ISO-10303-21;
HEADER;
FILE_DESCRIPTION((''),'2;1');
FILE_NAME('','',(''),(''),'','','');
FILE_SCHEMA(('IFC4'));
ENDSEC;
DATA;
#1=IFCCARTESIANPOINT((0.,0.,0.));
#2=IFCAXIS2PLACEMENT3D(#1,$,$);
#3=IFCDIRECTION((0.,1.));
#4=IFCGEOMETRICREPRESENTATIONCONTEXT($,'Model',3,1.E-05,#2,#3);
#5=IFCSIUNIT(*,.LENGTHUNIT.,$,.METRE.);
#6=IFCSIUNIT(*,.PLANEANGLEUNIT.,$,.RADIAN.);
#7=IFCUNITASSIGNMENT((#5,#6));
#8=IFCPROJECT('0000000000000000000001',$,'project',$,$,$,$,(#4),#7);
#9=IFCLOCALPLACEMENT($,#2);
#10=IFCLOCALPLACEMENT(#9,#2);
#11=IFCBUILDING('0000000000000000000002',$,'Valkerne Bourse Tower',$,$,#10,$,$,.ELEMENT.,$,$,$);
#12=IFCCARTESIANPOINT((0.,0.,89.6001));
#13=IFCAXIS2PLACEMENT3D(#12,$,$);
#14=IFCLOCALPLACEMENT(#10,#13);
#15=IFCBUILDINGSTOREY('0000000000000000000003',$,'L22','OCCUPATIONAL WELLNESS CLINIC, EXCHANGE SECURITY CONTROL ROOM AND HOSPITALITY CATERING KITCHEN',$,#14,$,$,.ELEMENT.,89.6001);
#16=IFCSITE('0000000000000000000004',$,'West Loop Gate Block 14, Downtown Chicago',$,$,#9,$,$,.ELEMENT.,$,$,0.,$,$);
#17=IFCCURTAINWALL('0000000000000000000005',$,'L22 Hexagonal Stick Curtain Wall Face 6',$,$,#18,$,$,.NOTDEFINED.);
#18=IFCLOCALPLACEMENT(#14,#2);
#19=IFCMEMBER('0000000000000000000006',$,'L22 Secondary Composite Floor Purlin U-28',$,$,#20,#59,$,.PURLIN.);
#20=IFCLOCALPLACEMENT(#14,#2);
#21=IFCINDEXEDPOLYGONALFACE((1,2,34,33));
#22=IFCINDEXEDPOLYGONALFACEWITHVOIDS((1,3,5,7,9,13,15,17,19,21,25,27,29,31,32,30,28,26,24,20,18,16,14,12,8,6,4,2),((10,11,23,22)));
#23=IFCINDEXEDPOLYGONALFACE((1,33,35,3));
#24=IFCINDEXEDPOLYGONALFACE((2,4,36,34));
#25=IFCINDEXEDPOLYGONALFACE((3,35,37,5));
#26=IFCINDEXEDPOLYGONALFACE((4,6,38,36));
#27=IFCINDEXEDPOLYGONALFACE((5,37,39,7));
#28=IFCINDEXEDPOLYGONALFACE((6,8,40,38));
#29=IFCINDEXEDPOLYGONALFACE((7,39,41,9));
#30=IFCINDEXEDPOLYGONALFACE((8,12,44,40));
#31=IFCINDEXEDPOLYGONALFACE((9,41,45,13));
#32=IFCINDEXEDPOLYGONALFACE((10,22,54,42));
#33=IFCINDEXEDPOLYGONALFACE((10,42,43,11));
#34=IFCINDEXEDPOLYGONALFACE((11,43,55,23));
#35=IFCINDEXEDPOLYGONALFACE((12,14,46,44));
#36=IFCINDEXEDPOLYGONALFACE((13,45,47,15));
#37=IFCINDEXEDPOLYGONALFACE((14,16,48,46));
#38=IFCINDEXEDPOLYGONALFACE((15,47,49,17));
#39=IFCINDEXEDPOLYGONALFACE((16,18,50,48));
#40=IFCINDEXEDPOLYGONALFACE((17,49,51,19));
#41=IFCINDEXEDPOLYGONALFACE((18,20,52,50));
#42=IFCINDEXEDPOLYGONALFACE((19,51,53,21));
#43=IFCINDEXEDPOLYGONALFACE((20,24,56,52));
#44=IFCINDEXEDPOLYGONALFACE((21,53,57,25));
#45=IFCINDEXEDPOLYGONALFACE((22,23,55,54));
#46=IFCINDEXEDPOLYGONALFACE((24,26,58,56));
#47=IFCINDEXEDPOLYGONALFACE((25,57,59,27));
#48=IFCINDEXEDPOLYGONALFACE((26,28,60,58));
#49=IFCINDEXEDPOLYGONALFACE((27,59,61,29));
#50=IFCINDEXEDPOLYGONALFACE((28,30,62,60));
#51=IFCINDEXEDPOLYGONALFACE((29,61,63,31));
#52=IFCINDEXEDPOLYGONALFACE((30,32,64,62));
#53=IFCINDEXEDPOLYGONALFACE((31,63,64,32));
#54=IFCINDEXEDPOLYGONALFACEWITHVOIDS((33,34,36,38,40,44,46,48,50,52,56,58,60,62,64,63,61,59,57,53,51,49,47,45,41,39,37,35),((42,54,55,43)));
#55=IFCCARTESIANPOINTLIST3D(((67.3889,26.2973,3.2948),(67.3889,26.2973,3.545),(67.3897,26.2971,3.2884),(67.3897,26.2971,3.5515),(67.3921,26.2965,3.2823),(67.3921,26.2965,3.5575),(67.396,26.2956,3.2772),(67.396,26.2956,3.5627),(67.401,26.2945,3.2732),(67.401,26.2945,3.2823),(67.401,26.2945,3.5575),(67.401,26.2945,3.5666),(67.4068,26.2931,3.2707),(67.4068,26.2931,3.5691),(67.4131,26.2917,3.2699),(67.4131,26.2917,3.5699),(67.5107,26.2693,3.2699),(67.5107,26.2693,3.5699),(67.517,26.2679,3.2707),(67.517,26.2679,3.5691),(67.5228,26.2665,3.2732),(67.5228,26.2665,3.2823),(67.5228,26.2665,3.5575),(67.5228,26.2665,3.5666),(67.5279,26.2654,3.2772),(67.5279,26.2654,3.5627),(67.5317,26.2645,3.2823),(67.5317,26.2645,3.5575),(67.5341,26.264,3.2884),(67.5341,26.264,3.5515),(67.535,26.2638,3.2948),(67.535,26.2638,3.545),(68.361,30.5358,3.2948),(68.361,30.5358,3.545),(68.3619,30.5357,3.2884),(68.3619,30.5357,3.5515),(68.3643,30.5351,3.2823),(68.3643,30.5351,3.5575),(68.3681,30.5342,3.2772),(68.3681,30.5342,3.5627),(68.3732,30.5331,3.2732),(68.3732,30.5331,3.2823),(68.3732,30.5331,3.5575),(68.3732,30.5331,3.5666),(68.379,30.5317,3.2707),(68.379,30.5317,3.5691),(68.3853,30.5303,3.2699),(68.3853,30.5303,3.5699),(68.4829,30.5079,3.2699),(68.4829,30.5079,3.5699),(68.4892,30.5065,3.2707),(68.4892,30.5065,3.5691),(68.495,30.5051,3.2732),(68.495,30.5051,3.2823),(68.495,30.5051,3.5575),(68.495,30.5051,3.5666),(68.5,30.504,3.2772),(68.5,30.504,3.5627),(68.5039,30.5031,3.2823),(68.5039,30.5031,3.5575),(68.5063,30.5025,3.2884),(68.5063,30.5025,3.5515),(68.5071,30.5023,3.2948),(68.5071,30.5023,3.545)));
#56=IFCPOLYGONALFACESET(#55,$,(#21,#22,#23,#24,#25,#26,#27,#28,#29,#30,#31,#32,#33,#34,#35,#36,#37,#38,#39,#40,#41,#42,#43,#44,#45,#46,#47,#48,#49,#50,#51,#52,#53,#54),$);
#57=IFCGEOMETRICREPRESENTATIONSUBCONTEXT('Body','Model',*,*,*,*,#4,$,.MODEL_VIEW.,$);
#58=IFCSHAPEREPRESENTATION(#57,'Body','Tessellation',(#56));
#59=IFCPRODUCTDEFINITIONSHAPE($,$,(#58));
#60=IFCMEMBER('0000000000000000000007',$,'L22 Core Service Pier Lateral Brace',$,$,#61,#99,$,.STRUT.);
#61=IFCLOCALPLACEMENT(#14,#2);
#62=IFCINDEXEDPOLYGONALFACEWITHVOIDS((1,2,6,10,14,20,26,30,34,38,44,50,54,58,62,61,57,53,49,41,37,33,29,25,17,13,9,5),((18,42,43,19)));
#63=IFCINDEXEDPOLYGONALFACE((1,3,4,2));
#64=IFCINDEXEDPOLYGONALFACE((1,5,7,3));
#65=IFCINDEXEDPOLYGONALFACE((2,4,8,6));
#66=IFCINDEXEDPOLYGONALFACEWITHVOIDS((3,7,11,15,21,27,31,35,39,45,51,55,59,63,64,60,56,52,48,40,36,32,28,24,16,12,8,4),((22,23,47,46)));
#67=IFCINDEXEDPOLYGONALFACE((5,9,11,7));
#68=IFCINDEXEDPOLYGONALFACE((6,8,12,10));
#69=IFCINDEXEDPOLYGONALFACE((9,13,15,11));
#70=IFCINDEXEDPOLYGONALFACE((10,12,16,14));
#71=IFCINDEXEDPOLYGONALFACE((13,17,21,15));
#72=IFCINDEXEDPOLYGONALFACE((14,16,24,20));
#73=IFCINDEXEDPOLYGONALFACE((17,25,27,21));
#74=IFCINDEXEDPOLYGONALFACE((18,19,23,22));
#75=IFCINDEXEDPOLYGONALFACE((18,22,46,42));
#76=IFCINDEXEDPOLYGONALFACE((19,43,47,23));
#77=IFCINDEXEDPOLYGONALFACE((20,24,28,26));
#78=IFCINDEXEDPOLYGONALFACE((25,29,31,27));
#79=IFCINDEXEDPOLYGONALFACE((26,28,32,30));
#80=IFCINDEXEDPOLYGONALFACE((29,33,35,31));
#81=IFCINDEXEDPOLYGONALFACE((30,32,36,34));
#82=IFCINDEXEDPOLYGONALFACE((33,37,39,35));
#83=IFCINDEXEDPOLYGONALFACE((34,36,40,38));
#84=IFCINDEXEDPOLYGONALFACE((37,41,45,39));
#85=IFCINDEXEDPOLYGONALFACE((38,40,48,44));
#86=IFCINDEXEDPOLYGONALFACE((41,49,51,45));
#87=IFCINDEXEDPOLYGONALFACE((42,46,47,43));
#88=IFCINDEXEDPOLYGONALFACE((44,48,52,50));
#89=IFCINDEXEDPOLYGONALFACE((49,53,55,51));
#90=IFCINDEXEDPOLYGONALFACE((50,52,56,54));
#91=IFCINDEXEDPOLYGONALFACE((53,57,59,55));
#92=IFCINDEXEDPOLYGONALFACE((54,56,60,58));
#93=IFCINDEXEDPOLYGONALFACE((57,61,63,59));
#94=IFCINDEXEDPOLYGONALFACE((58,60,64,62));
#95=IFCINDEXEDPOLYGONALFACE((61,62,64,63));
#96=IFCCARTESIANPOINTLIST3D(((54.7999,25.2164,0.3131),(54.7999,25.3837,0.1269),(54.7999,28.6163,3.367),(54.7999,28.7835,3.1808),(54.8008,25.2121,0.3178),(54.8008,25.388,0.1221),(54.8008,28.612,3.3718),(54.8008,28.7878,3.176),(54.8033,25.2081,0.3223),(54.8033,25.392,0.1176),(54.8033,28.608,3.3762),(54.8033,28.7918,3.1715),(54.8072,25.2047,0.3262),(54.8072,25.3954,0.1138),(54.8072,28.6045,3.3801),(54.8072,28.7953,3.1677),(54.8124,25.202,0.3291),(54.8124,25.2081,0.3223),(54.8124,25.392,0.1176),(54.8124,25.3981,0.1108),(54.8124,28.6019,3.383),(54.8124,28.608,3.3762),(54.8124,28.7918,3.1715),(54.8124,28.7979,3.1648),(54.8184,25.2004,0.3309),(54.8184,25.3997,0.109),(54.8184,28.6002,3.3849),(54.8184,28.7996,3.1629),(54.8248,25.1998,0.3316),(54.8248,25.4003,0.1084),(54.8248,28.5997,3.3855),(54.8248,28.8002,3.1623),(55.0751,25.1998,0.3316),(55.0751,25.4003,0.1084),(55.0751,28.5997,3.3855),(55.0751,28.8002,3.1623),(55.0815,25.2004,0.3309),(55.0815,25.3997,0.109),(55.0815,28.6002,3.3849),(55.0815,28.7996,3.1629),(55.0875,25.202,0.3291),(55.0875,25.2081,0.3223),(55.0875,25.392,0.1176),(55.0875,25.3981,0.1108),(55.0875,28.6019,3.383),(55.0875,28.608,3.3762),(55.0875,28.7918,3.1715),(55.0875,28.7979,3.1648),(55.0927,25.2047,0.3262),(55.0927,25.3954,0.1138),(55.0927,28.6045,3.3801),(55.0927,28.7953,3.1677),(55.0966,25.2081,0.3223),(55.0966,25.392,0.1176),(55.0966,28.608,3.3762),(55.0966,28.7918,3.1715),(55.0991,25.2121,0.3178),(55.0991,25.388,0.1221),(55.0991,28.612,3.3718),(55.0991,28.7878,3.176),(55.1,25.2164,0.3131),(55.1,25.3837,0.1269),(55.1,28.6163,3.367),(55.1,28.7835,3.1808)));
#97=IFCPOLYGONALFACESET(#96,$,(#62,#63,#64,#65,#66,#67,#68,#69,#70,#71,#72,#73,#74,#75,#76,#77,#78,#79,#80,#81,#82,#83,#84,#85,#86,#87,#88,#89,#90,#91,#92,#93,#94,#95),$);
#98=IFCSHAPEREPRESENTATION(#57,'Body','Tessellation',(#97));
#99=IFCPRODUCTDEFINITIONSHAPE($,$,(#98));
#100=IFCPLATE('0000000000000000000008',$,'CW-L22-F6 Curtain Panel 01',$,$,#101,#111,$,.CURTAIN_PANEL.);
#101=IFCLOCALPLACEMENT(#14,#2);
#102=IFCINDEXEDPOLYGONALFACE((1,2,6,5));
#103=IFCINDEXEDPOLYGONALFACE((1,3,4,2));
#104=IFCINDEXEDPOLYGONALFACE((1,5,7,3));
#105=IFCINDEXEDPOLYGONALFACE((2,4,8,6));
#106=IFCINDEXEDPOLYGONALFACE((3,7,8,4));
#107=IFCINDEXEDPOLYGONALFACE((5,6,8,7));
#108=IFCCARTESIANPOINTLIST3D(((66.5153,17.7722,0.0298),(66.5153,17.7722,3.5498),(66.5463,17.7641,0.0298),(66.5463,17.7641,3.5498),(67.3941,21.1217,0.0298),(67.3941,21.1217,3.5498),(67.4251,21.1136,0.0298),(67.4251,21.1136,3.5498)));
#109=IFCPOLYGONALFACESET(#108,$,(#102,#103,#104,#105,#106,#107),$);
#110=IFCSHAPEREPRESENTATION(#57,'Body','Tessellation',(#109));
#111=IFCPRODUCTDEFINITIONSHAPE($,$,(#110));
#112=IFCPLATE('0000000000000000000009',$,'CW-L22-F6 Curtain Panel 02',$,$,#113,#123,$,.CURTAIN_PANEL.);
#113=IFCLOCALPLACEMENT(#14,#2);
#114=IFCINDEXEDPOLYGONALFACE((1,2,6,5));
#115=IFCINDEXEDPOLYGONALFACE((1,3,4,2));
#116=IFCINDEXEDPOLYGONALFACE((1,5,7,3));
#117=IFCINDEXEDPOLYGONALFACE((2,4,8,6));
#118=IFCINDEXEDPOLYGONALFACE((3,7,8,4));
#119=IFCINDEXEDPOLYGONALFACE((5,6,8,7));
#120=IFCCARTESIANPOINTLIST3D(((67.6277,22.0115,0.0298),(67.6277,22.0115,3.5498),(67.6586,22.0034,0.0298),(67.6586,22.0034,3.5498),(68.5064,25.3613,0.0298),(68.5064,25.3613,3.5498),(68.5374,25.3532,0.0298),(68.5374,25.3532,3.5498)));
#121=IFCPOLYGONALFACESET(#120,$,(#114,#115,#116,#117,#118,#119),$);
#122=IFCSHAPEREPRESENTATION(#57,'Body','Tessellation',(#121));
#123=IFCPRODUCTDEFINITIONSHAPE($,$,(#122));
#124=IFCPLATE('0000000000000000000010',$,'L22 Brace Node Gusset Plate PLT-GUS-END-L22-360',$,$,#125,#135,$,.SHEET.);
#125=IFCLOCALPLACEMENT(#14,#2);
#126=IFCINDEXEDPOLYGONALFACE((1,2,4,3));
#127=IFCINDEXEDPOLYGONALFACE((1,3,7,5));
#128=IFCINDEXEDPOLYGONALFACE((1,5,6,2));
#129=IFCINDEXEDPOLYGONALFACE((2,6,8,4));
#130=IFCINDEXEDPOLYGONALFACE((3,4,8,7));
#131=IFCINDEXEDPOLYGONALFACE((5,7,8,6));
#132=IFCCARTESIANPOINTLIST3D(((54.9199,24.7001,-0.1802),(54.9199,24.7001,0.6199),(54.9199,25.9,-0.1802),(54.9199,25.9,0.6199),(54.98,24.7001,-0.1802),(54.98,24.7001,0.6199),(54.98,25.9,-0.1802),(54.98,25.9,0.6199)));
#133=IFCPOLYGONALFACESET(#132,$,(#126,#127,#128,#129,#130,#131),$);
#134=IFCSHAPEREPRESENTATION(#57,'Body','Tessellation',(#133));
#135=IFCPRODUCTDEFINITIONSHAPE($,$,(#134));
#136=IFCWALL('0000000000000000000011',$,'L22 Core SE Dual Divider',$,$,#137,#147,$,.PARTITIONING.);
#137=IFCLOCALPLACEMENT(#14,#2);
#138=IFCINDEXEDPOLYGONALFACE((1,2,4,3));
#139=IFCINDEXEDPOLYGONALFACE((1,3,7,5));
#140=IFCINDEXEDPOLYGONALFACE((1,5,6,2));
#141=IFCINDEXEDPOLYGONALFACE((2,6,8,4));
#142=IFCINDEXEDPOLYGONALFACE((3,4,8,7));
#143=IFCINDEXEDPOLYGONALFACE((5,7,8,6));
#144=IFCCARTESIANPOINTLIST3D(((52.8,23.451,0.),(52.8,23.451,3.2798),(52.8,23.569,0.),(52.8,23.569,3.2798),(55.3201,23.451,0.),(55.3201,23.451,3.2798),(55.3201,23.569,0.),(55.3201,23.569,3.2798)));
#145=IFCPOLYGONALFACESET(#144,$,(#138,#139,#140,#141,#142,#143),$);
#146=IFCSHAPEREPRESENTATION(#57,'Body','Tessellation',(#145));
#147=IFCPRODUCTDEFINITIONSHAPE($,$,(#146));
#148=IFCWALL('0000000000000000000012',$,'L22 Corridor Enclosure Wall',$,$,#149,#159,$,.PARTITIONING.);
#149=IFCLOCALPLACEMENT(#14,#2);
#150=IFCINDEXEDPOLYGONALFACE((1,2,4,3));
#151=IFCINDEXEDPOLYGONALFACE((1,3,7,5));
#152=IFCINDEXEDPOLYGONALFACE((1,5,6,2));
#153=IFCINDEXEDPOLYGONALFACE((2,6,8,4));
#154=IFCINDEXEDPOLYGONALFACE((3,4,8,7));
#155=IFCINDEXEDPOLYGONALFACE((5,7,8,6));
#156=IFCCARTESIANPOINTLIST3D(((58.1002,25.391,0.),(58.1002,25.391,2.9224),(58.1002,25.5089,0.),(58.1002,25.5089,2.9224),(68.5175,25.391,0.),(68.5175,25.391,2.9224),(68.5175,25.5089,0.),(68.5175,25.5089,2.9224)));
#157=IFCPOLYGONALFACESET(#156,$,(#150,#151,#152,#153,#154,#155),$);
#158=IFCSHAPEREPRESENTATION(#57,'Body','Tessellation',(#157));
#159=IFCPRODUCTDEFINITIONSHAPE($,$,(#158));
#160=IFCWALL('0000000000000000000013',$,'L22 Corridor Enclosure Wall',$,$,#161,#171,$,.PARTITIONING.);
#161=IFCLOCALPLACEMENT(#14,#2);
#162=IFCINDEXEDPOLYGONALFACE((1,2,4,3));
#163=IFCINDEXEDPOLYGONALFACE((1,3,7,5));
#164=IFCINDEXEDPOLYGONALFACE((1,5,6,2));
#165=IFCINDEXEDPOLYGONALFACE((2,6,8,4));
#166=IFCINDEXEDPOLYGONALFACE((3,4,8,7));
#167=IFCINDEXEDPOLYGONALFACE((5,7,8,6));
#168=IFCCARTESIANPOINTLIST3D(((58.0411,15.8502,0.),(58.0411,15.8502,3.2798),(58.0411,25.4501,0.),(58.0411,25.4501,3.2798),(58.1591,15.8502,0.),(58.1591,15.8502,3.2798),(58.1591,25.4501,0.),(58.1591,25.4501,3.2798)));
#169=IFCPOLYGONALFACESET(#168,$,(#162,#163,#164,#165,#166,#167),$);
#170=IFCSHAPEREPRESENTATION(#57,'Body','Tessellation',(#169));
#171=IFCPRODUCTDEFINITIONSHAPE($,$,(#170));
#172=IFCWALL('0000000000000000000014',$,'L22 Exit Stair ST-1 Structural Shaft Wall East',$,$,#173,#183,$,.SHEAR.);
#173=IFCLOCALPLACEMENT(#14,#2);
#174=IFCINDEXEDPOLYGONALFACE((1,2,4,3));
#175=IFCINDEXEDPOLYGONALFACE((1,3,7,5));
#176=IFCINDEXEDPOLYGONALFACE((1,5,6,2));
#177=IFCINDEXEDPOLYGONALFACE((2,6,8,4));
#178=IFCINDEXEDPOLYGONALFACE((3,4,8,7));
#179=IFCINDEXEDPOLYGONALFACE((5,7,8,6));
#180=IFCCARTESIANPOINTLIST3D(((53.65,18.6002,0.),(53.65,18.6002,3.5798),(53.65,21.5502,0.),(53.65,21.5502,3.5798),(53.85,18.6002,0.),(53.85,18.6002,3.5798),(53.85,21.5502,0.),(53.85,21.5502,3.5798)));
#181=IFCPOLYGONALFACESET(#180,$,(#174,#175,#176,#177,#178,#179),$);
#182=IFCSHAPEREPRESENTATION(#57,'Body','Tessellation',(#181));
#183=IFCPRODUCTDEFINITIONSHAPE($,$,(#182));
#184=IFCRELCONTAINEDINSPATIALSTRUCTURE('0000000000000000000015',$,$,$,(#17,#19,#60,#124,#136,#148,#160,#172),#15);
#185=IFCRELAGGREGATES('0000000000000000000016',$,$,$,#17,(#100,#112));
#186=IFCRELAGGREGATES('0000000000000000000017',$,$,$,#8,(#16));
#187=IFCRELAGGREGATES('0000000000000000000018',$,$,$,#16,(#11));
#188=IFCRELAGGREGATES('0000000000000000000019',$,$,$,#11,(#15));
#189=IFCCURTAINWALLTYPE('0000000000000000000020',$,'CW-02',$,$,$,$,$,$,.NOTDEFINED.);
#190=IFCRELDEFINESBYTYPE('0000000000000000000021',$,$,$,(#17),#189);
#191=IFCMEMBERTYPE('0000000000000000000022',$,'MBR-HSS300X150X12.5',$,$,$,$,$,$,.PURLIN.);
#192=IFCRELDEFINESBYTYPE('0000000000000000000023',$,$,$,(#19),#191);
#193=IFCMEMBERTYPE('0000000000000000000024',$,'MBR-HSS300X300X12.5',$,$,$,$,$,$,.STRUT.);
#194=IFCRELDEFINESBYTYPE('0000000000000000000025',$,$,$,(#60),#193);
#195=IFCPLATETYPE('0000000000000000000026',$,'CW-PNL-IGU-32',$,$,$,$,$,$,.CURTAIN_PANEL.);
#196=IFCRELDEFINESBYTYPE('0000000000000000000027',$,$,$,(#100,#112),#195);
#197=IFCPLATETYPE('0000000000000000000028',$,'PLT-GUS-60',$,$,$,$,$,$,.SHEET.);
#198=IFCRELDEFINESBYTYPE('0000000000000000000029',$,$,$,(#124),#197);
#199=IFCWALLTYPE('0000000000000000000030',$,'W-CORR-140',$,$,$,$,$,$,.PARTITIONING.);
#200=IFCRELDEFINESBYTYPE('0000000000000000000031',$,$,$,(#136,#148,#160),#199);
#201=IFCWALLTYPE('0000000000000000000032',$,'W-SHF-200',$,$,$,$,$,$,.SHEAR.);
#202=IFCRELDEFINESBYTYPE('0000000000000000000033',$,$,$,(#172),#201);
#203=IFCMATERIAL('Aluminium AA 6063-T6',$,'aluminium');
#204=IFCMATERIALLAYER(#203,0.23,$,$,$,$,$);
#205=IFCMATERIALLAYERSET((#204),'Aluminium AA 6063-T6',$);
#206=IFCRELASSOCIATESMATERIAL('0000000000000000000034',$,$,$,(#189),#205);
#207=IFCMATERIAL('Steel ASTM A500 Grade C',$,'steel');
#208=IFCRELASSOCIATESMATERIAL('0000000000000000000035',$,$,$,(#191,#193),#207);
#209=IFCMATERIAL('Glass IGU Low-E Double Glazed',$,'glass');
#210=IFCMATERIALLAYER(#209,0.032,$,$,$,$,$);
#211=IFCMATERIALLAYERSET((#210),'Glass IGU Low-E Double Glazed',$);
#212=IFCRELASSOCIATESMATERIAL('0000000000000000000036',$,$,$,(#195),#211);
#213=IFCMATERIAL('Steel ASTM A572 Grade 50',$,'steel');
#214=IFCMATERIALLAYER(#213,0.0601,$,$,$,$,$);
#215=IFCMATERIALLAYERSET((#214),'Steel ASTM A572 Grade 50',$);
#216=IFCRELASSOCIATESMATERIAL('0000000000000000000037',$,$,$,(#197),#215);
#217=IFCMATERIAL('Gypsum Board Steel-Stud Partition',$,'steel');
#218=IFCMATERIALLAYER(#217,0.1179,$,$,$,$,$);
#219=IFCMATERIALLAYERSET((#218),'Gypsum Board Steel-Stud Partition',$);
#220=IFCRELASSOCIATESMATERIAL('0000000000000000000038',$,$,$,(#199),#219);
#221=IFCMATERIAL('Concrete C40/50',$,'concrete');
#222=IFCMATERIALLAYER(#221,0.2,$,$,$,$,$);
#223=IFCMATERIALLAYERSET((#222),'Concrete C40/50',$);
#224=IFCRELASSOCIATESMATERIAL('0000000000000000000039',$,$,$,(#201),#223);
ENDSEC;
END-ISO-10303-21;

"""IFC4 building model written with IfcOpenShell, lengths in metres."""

from ifc_helpers import new_model, si_unit, direction, frame, frame_2d, origin, origin_2d, place, context, subcontext, project, spatial, rectangle, hollow_rectangle, extrude, material, layer, layer_set, material_profile, profile_set, type_object, element, aggregate, save


model = new_model("IFC4")

# Units and contexts
model_context = context("Model", 3, precision=1e-05, world=origin(), true_north=direction((0.0, 1.0)))
body_context = subcontext(model_context, "Body", "Model", "MODEL_VIEW")
ifc_project = project(units=[si_unit("LENGTHUNIT", "METRE"), si_unit("PLANEANGLEUNIT", "RADIAN")], contexts=[model_context])

# Site, building, storey
site_placement = place(None, origin())
site = spatial("IfcSite", under=ifc_project, at=site_placement, Name="West Loop Gate Block 14, Downtown Chicago", CompositionType="ELEMENT", RefElevation=0.0)
building_placement = place(site_placement, origin())
building = spatial("IfcBuilding", under=site, at=building_placement, Name="Valkerne Bourse Tower", CompositionType="ELEMENT")
storey_placement = place(building_placement, frame((0.0, 0.0, 89.6001)))
storey = spatial("IfcBuildingStorey", under=building, at=storey_placement, Name="L22", Description="OCCUPATIONAL WELLNESS CLINIC, EXCHANGE SECURITY CONTROL ROOM AND HOSPITALITY CATERING KITCHEN", CompositionType="ELEMENT", Elevation=89.6001)

# Curtain wall
ifc_material_1 = material(Name="Aluminium AA 6063-T6", Category="aluminium")
ifc_layer_1 = layer(ifc_material_1, 0.23)
ifc_layer_set_1 = layer_set([ifc_layer_1], Name="Aluminium AA 6063-T6")
curtain_wall_type = type_object("IfcCurtainWallType", Name="CW-02", PredefinedType="NOTDEFINED", material=ifc_layer_set_1)
curtain_wall_placement = place(storey_placement, origin())
curtain_wall = element("IfcCurtainWall", 1, at=curtain_wall_placement, inside=storey, type_object=curtain_wall_type, Name="L22 Hexagonal Stick Curtain Wall Face 6", PredefinedType="NOTDEFINED")

# Members
ifc_material_2 = material(Name="Steel ASTM A500 Grade C", Category="steel")
ifc_material_profile_1 = material_profile(ifc_material_2, hollow_rectangle(XDim=0.1499, YDim=0.3, WallThickness=0.0125, OuterFilletRadius=0.0249, at=origin_2d()), Name="HSS300X150X12.5")
ifc_profile_set_1 = profile_set([ifc_material_profile_1], Name="Steel ASTM A500 Grade C")
member_type_1 = type_object("IfcMemberType", Name="MBR-HSS300X150X12.5", PredefinedType="PURLIN", material=ifc_profile_set_1)
member_1_placement = place(storey_placement, frame((67.4619, 26.2805, 3.4199), z_axis=(0.22356, 0.97469, 0.0), x_axis=(-0.97469, 0.22356, 0.0)))
element("IfcMember", 2, at=member_1_placement, inside=storey, type_object=member_type_1, Name="L22 Secondary Composite Floor Purlin U-28", PredefinedType="PURLIN", context=body_context, shape_type="SweptSolid", body=[
    extrude(hollow_rectangle(XDim=0.1499, YDim=0.3, WallThickness=0.0125, OuterFilletRadius=0.0249, at=origin_2d()), origin(), (0.0, 0.0, 1.0), 4.3486),
])
ifc_material_profile_2 = material_profile(ifc_material_2, hollow_rectangle(XDim=0.3, YDim=0.3, WallThickness=0.0125, OuterFilletRadius=0.0249, at=origin_2d()), Name="HSS300X300X12.5")
ifc_profile_set_2 = profile_set([ifc_material_profile_2], Name="Steel ASTM A500 Grade C")
member_type_2 = type_object("IfcMemberType", Name="MBR-HSS300X300X12.5", PredefinedType="STRUT", material=ifc_profile_set_2)
member_2_placement = place(storey_placement, frame((54.95, 25.3, 0.22), z_axis=(0.0, 0.743942, 0.668244), x_axis=(-1.0, 0.0, 0.0)))
element("IfcMember", 3, at=member_2_placement, inside=storey, type_object=member_type_2, Name="L22 Core Service Pier Lateral Brace", PredefinedType="STRUT", context=body_context, shape_type="SweptSolid", body=[
    extrude(hollow_rectangle(XDim=0.3, YDim=0.3, WallThickness=0.0125, OuterFilletRadius=0.0249, at=origin_2d()), origin(), (0.0, 0.0, 1.0), 4.5701),
])

# Plates
ifc_material_3 = material(Name="Glass IGU Low-E Double Glazed", Category="glass")
ifc_layer_2 = layer(ifc_material_3, 0.032)
ifc_layer_set_2 = layer_set([ifc_layer_2], Name="Glass IGU Low-E Double Glazed")
plate_type_1 = type_object("IfcPlateType", Name="CW-PNL-IGU-32", PredefinedType="CURTAIN_PANEL", material=ifc_layer_set_2)
plate_1_placement = place(storey_placement, frame((66.9702, 19.4429, 0.0298), z_axis=(0.0, 0.0, 1.0), x_axis=(0.253777, 0.967263, 0.0)))
plate_1 = element("IfcPlate", 4, at=plate_1_placement, type_object=plate_type_1, Name="CW-L22-F6 Curtain Panel 01", PredefinedType="CURTAIN_PANEL", context=body_context, shape_type="SweptSolid", body=[
    extrude(rectangle(XDim=3.4629, YDim=0.032, at=origin_2d()), origin(), (0.0, 0.0, 1.0), 3.52),
])
plate_2_placement = place(storey_placement, frame((68.0825, 23.6824, 0.0298), z_axis=(0.0, 0.0, 1.0), x_axis=(0.25375, 0.96727, 0.0)))
plate_2 = element("IfcPlate", 5, at=plate_2_placement, type_object=plate_type_1, Name="CW-L22-F6 Curtain Panel 02", PredefinedType="CURTAIN_PANEL", context=body_context, shape_type="SweptSolid", body=[
    extrude(rectangle(XDim=3.4631, YDim=0.032, at=origin_2d()), origin(), (0.0, 0.0, 1.0), 3.52),
])
aggregate(curtain_wall, [plate_1, plate_2])
ifc_material_4 = material(Name="Steel ASTM A572 Grade 50", Category="steel")
ifc_layer_3 = layer(ifc_material_4, 0.0601)
ifc_layer_set_3 = layer_set([ifc_layer_3], Name="Steel ASTM A572 Grade 50")
plate_type_2 = type_object("IfcPlateType", Name="PLT-GUS-60", PredefinedType="SHEET", material=ifc_layer_set_3)
plate_3_placement = place(storey_placement, frame((54.95, 25.3, -0.1802), z_axis=(0.0, 0.0, 1.0), x_axis=(0.0, 1.0, 0.0)))
element("IfcPlate", 6, at=plate_3_placement, inside=storey, type_object=plate_type_2, Name="L22 Brace Node Gusset Plate PLT-GUS-END-L22-360", PredefinedType="SHEET", context=body_context, shape_type="SweptSolid", body=[
    extrude(rectangle(XDim=1.2, YDim=0.0601, at=origin_2d()), origin(), (0.0, 0.0, 1.0), 0.8),
])

# Walls
ifc_material_5 = material(Name="Gypsum Board Steel-Stud Partition", Category="steel")
ifc_layer_4 = layer(ifc_material_5, 0.1179)
ifc_layer_set_4 = layer_set([ifc_layer_4], Name="Gypsum Board Steel-Stud Partition")
wall_type_1 = type_object("IfcWallType", Name="W-CORR-140", PredefinedType="PARTITIONING", material=ifc_layer_set_4)
wall_1_placement = place(storey_placement, frame((52.8, 23.51, 0.0), z_axis=(0.0, 0.0, 1.0), x_axis=(1.0, 0.0, 0.0)))
element("IfcWall", 7, at=wall_1_placement, inside=storey, type_object=wall_type_1, Name="L22 Core SE Dual Divider", PredefinedType="PARTITIONING", context=body_context, shape_type="SweptSolid", body=[
    extrude(rectangle(XDim=2.52, YDim=0.1179, at=frame_2d((1.26, 0.0))), origin(), (0.0, 0.0, 1.0), 3.2798),
])
wall_2_placement = place(storey_placement, frame((68.5173, 25.45, 0.0), z_axis=(0.0, 0.0, 1.0), x_axis=(-1.0, 0.0, 0.0)))
element("IfcWall", 8, at=wall_2_placement, inside=storey, type_object=wall_type_1, Name="L22 Corridor Enclosure Wall", PredefinedType="PARTITIONING", context=body_context, shape_type="SweptSolid", body=[
    extrude(rectangle(XDim=10.4172, YDim=0.1179, at=frame_2d((5.2085, 0.0))), origin(), (0.0, 0.0, 1.0), 2.9224),
])
wall_3_placement = place(storey_placement, frame((58.1001, 25.45, 0.0), z_axis=(0.0, 0.0, 1.0), x_axis=(0.0, -1.0, 0.0)))
element("IfcWall", 9, at=wall_3_placement, inside=storey, type_object=wall_type_1, Name="L22 Corridor Enclosure Wall", PredefinedType="PARTITIONING", context=body_context, shape_type="SweptSolid", body=[
    extrude(rectangle(XDim=9.5999, YDim=0.1179, at=frame_2d((4.7998, 0.0))), origin(), (0.0, 0.0, 1.0), 3.2798),
])

# Wall
ifc_material_6 = material(Name="Concrete C40/50", Category="concrete")
ifc_layer_5 = layer(ifc_material_6, 0.2)
ifc_layer_set_5 = layer_set([ifc_layer_5], Name="Concrete C40/50")
wall_type_2 = type_object("IfcWallType", Name="W-SHF-200", PredefinedType="SHEAR", material=ifc_layer_set_5)
wall_4_placement = place(storey_placement, frame((53.75, 18.6001, 0.0), z_axis=(0.0, 0.0, 1.0), x_axis=(0.0, 1.0, 0.0)))
element("IfcWall", 10, at=wall_4_placement, inside=storey, type_object=wall_type_2, Name="L22 Exit Stair ST-1 Structural Shaft Wall East", PredefinedType="SHEAR", context=body_context, shape_type="SweptSolid", body=[
    extrude(rectangle(XDim=2.95, YDim=0.2, at=frame_2d((1.4751, 0.0))), origin(), (0.0, 0.0, 1.0), 3.5798),
])

save(model, "model.ifc")
